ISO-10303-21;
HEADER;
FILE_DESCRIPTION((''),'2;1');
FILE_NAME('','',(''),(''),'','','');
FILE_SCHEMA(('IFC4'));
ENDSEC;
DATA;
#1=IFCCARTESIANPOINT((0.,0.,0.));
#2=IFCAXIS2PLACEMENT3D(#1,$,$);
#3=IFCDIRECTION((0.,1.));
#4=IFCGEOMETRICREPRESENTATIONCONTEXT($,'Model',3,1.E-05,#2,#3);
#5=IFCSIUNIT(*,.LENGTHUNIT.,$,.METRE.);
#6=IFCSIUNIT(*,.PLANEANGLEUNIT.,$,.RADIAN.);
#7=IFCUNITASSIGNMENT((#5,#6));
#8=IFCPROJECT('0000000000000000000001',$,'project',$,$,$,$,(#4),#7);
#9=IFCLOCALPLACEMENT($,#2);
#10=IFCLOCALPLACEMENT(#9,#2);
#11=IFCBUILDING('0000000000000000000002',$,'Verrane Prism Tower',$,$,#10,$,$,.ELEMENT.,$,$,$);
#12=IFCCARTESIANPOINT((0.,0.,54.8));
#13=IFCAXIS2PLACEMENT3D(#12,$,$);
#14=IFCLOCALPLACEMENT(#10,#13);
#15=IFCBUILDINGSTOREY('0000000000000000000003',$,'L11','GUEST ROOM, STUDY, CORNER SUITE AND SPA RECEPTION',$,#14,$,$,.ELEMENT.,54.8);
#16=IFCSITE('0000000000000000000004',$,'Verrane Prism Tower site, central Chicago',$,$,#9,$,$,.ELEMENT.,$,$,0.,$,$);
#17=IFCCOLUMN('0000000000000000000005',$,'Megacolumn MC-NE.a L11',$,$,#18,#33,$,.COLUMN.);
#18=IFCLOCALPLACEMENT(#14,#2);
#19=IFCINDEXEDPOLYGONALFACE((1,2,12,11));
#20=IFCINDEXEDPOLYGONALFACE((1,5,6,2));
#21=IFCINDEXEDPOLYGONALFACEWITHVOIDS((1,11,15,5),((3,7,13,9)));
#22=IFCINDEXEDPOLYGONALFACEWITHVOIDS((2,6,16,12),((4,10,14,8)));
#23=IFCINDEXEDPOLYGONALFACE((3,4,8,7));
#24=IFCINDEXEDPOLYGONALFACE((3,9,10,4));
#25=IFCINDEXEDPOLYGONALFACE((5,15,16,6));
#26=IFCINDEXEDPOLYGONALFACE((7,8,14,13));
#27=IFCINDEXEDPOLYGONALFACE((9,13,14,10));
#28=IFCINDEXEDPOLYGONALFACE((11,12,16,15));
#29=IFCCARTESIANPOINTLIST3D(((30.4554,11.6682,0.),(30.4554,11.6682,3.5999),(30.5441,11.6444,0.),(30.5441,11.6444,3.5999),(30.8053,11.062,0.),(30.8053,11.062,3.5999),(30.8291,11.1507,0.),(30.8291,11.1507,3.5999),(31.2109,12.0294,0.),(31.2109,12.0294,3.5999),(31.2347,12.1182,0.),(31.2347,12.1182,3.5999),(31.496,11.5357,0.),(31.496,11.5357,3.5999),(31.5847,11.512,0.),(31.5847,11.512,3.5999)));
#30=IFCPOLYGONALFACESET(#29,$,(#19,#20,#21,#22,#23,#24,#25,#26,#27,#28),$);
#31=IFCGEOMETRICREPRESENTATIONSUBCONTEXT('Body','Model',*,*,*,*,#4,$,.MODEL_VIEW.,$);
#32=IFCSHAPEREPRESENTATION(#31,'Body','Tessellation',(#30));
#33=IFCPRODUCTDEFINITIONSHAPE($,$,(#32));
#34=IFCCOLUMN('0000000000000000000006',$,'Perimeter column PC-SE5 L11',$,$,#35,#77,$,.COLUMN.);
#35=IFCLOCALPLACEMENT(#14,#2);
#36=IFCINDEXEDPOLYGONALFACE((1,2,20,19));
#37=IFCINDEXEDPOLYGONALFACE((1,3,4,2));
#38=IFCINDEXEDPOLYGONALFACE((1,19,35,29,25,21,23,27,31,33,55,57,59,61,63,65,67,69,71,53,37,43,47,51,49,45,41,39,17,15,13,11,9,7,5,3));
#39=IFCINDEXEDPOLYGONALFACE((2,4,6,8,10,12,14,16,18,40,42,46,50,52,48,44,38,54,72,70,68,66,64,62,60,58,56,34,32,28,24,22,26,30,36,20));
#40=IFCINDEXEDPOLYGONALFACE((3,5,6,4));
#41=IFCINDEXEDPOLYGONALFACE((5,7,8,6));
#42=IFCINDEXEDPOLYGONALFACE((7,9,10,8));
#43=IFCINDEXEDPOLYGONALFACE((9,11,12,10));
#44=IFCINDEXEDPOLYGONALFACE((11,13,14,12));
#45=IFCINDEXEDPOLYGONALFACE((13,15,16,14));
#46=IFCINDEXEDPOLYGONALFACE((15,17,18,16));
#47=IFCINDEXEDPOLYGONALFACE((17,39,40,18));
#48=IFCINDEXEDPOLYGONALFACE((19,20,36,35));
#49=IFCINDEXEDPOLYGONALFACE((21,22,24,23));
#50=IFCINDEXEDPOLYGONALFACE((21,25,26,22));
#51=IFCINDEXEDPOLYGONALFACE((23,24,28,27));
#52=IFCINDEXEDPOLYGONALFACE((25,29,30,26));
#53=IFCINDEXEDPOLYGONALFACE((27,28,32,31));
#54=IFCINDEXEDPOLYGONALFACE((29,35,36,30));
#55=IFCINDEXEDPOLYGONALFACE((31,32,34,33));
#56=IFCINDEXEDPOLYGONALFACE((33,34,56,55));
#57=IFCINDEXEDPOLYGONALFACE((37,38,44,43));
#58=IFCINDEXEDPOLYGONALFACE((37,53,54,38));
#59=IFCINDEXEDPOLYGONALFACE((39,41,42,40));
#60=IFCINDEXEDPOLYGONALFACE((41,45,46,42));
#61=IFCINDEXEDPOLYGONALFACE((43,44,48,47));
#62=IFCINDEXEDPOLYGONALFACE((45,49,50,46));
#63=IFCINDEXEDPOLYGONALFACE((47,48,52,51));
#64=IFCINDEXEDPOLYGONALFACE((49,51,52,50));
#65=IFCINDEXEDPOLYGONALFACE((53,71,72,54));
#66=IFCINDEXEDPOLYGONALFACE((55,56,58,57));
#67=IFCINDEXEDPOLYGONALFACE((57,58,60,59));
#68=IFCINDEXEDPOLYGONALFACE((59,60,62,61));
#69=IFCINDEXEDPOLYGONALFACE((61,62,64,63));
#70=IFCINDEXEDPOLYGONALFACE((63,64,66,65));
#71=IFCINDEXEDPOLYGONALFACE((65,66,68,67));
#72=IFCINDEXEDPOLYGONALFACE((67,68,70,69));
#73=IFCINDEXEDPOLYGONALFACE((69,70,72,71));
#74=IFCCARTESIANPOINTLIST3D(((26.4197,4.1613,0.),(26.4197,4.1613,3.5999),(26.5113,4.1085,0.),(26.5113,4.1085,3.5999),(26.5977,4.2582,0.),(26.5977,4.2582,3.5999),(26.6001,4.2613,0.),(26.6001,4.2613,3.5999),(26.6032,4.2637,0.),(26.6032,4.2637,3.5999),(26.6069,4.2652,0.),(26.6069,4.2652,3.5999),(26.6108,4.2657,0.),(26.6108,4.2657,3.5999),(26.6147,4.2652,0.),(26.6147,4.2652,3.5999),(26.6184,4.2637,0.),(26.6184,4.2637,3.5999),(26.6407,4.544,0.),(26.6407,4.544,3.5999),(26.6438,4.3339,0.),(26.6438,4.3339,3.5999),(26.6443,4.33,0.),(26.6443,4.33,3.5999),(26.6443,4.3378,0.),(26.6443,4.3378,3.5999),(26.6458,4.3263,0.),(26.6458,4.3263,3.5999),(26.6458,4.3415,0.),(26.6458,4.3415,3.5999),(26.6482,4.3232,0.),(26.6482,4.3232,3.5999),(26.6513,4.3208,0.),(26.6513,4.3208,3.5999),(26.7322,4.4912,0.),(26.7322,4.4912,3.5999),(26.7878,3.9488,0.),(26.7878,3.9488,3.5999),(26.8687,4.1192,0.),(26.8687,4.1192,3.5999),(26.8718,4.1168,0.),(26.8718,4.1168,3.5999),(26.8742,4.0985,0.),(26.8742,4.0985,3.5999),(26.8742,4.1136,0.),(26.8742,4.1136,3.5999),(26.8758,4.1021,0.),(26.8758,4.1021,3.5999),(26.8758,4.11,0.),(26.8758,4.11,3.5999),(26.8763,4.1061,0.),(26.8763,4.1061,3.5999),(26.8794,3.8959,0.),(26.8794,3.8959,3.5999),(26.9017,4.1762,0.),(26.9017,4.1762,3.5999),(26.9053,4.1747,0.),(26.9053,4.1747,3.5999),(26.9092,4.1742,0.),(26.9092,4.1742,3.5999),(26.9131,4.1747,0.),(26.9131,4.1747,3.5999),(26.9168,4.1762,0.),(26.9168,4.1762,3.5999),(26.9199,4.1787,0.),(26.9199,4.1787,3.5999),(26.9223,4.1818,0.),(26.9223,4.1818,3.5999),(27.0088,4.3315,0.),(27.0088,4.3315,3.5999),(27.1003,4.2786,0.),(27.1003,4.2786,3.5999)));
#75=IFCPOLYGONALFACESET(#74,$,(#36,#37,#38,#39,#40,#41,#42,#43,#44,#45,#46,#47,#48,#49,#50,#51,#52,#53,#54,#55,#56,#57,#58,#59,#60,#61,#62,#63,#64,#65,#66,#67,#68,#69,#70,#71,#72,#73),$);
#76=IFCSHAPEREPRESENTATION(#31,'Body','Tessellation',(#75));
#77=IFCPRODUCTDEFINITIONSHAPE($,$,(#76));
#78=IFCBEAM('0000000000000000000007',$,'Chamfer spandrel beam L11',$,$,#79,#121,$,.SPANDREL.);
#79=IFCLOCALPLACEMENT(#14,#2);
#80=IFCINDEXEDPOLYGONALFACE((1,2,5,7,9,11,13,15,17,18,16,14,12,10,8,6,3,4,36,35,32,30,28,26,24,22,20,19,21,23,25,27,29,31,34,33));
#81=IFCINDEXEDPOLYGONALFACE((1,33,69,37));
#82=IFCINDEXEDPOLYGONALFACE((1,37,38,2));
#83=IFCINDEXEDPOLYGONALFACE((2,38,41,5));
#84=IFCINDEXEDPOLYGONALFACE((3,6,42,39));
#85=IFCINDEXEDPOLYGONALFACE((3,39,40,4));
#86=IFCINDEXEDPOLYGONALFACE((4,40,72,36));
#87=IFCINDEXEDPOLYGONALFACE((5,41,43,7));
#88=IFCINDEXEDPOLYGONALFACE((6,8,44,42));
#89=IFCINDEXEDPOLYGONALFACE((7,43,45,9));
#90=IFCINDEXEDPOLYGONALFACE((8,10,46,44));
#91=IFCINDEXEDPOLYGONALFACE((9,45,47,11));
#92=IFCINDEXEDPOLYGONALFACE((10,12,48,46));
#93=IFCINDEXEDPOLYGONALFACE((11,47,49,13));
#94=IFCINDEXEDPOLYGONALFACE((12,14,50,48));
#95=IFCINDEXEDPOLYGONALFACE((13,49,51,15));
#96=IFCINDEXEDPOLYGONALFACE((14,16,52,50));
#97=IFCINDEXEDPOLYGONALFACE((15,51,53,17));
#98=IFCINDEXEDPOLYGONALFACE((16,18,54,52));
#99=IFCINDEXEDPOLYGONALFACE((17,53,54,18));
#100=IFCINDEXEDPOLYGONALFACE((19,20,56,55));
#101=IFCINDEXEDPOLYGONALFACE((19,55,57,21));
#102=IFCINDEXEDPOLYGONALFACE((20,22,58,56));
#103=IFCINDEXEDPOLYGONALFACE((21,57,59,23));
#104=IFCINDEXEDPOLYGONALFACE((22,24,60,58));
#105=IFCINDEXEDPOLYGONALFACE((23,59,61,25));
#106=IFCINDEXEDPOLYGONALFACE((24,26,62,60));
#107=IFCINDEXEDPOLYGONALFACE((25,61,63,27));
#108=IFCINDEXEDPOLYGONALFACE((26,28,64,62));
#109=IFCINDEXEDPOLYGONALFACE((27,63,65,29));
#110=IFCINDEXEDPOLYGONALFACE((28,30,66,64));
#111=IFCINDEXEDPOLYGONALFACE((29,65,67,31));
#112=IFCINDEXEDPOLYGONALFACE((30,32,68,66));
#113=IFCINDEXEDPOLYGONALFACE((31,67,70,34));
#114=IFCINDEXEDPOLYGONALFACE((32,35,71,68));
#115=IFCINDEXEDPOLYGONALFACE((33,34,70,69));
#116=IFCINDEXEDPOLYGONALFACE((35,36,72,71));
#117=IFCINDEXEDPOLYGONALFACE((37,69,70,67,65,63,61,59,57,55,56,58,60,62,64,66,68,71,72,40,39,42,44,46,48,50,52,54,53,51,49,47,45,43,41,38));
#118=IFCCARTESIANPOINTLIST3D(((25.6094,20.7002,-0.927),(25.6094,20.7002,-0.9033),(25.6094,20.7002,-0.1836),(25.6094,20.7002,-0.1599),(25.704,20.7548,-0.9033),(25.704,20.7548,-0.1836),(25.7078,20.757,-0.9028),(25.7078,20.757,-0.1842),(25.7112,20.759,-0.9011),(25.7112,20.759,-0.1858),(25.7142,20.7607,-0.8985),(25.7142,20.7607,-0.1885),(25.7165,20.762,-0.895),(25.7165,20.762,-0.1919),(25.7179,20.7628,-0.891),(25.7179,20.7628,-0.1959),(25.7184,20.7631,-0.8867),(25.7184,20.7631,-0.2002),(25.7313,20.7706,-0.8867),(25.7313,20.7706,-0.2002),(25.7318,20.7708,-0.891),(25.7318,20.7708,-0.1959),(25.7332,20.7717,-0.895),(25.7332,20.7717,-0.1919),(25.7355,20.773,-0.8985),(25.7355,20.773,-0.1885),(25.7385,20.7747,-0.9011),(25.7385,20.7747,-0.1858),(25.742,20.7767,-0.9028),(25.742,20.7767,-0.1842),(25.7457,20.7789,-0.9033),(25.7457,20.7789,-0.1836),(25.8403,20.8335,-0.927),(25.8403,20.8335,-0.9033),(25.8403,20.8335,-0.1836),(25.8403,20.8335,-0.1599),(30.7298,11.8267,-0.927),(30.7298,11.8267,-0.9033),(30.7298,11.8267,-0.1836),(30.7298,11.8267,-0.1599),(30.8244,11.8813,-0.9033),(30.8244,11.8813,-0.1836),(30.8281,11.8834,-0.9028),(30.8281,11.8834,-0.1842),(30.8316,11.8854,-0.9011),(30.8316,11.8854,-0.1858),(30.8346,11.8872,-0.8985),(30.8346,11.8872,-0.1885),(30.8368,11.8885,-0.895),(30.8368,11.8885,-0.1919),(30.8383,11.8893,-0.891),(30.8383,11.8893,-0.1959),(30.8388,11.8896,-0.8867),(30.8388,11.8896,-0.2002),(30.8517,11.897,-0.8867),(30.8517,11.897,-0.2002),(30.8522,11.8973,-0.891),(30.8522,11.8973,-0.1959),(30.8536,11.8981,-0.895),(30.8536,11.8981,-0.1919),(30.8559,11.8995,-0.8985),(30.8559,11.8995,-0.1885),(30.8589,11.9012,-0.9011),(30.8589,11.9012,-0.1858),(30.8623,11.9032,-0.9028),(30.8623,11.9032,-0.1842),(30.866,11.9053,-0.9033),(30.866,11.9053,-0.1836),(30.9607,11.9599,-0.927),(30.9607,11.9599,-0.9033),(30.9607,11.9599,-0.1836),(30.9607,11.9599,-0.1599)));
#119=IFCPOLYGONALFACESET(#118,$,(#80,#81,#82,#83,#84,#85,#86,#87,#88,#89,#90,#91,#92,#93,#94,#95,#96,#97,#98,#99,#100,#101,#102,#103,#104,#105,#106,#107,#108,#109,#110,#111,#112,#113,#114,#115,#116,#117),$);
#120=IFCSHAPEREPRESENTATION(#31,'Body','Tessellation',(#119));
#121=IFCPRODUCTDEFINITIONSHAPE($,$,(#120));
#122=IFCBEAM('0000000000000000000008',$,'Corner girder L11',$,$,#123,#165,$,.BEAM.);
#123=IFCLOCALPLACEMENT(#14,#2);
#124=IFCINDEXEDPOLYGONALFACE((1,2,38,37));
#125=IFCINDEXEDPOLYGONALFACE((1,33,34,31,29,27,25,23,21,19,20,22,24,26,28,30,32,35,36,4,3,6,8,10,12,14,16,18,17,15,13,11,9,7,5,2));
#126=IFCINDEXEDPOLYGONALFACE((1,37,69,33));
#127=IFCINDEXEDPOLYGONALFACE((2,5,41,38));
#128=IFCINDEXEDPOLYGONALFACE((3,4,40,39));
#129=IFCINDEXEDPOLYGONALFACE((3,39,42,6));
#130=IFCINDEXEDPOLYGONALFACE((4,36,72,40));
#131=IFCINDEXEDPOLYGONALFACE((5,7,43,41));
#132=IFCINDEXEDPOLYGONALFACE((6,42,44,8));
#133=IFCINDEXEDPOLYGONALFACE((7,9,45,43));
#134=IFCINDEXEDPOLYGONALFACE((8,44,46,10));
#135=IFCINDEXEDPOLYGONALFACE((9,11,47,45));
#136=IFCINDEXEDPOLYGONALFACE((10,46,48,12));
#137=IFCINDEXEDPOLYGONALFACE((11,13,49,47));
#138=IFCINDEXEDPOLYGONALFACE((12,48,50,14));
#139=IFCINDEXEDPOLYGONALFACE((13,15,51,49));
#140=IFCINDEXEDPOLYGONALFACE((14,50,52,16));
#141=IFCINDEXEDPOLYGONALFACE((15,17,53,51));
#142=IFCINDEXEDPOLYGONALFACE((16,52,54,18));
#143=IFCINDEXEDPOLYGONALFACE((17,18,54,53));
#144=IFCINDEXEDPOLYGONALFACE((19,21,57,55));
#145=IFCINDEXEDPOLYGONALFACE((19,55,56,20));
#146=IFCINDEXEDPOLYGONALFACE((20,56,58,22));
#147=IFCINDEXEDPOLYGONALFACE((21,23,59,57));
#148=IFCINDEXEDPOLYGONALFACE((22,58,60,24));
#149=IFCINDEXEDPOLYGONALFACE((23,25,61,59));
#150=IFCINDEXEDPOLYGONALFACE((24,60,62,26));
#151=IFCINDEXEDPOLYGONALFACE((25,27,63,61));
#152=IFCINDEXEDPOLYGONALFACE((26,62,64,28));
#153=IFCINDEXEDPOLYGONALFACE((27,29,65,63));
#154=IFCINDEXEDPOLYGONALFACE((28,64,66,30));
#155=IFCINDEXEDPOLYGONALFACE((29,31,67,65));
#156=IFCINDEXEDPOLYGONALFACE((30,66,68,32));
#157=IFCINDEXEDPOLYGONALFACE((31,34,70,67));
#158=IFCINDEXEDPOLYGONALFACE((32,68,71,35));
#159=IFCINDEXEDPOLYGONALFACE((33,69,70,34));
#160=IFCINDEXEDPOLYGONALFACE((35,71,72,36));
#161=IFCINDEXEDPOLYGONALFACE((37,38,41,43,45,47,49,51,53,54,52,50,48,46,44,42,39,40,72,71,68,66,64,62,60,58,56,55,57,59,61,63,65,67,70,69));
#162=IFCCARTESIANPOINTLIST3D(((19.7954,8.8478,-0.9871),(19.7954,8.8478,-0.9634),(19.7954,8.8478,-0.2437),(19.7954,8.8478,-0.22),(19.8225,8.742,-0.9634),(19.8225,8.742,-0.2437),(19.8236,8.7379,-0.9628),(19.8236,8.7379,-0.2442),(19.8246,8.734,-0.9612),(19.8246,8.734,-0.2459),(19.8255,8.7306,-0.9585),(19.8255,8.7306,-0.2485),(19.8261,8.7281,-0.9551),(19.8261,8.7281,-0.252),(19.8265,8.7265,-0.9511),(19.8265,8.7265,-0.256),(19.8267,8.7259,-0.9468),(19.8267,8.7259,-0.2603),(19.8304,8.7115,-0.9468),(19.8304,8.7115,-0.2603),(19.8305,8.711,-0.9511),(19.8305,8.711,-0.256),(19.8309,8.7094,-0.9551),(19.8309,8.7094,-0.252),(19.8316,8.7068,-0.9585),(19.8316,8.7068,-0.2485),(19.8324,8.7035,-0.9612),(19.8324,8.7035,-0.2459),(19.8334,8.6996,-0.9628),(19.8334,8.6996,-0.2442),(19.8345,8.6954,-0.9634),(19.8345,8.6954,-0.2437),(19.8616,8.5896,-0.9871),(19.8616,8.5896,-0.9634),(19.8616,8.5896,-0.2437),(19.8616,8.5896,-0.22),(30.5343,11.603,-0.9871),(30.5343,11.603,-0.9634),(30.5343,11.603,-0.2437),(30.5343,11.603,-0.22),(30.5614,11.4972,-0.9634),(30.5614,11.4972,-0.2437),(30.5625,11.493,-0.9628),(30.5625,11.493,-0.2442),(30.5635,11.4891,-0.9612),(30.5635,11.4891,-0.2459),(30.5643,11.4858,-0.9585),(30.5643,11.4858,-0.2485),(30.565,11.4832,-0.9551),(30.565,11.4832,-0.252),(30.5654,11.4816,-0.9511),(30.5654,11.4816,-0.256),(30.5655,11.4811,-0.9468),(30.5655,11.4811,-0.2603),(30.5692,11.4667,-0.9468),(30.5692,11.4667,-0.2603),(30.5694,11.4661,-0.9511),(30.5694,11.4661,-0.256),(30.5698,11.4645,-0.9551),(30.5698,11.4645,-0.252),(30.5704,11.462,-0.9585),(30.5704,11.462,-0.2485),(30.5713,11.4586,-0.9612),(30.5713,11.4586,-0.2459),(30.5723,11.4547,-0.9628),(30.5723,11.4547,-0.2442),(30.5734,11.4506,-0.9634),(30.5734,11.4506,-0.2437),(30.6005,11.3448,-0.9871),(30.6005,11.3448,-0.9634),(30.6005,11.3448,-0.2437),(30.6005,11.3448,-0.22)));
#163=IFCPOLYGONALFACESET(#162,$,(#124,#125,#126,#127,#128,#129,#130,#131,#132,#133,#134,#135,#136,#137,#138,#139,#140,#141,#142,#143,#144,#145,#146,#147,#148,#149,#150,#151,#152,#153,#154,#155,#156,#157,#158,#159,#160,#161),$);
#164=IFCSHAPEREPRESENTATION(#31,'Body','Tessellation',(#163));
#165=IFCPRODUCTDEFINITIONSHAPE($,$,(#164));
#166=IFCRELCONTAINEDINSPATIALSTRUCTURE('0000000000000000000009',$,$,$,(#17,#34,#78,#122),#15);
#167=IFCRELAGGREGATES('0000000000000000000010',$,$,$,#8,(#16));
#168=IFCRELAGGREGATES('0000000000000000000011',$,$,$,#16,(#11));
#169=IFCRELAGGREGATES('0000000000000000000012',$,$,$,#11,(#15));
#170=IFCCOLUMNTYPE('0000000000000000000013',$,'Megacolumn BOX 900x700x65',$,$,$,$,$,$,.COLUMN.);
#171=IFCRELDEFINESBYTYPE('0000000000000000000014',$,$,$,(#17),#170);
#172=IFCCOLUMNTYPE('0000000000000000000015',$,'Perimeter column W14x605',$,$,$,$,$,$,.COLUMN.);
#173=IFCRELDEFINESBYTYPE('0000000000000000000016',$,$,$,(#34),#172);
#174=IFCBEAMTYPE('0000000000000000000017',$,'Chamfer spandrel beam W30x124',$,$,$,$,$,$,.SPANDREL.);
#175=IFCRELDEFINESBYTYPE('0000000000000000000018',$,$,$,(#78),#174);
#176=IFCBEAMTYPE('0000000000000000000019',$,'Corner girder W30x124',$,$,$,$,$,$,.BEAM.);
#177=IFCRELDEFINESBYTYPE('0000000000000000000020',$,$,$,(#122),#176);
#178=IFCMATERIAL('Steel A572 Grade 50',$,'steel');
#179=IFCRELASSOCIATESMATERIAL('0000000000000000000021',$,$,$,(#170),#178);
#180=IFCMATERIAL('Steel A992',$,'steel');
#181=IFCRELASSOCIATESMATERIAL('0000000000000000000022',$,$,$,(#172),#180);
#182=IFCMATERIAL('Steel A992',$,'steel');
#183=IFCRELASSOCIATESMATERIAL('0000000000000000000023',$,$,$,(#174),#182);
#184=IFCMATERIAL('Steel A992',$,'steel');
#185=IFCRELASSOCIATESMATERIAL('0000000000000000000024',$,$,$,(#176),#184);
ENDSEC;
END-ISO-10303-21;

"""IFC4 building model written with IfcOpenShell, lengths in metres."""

from ifc_helpers import new_model, si_unit, direction, frame, origin, origin_2d, place, context, subcontext, project, spatial, hollow_rectangle, i_section, extrude, material, material_profile, profile_set, type_object, element, save


model = new_model("IFC4")

# Units and contexts
model_context = context("Model", 3, precision=1e-05, world=origin(), true_north=direction((0.0, 1.0)))
body_context = subcontext(model_context, "Body", "Model", "MODEL_VIEW")
ifc_project = project(units=[si_unit("LENGTHUNIT", "METRE"), si_unit("PLANEANGLEUNIT", "RADIAN")], contexts=[model_context])

# Site, building, storey
site_placement = place(None, origin())
site = spatial("IfcSite", under=ifc_project, at=site_placement, Name="Verrane Prism Tower site, central Chicago", CompositionType="ELEMENT", RefElevation=0.0)
building_placement = place(site_placement, origin())
building = spatial("IfcBuilding", under=site, at=building_placement, Name="Verrane Prism Tower", CompositionType="ELEMENT")
storey_placement = place(building_placement, frame((0.0, 0.0, 54.8)))
storey = spatial("IfcBuildingStorey", under=building, at=storey_placement, Name="L11", Description="GUEST ROOM, STUDY, CORNER SUITE AND SPA RECEPTION", CompositionType="ELEMENT", Elevation=54.8)

# Columns
ifc_material_1 = material(Name="Steel A572 Grade 50", Category="steel")
ifc_material_profile_1 = material_profile(ifc_material_1, hollow_rectangle(XDim=0.7, YDim=0.8999, WallThickness=0.0649, at=origin_2d()), Name="BOX 900x700x65")
ifc_profile_set_1 = profile_set([ifc_material_profile_1], Name="Steel A572 Grade 50")
column_type_1 = type_object("IfcColumnType", Name="Megacolumn BOX 900x700x65", PredefinedType="COLUMN", material=ifc_profile_set_1)
column_1_placement = place(storey_placement, frame((31.02, 11.5901, 0.0), z_axis=(0.0, 0.0, 1.0), x_axis=(0.5, -0.866025, 0.0)))
element("IfcColumn", 1, at=column_1_placement, inside=storey, type_object=column_type_1, Name="Megacolumn MC-NE.a L11", PredefinedType="COLUMN", context=body_context, shape_type="SweptSolid", body=[
    extrude(hollow_rectangle(XDim=0.7, YDim=0.8999, WallThickness=0.0649, at=origin_2d()), origin(), (0.0, 0.0, 1.0), 3.5999),
])
ifc_material_2 = material(Name="Steel A992", Category="steel")
ifc_material_profile_2 = material_profile(ifc_material_2, i_section(OverallWidth=0.4419, OverallDepth=0.5308, WebThickness=0.0659, FlangeThickness=0.1057, FilletRadius=0.0151, at=origin_2d()), Name="W14x605")
ifc_profile_set_2 = profile_set([ifc_material_profile_2], Name="Steel A992")
column_type_2 = type_object("IfcColumnType", Name="Perimeter column W14x605", PredefinedType="COLUMN", material=ifc_profile_set_2)
column_2_placement = place(storey_placement, frame((26.76, 4.22, 0.0), z_axis=(0.0, 0.0, 1.0), x_axis=(-0.5, -0.866025, 0.0)))
element("IfcColumn", 2, at=column_2_placement, inside=storey, type_object=column_type_2, Name="Perimeter column PC-SE5 L11", PredefinedType="COLUMN", context=body_context, shape_type="SweptSolid", body=[
    extrude(i_section(OverallWidth=0.4419, OverallDepth=0.5308, WebThickness=0.0659, FlangeThickness=0.1057, FilletRadius=0.0151, at=origin_2d()), origin(), (0.0, 0.0, 1.0), 3.5999),
])

# Beams
ifc_material_3 = material(Name="Steel A992", Category="steel")
ifc_material_profile_3 = material_profile(ifc_material_3, i_section(OverallWidth=0.2666, OverallDepth=0.7671, WebThickness=0.0149, FlangeThickness=0.0237, FilletRadius=0.0166, at=origin_2d()), Name="W30x124")
ifc_profile_set_3 = profile_set([ifc_material_profile_3], Name="Steel A992")
beam_type_1 = type_object("IfcBeamType", Name="Chamfer spandrel beam W30x124", PredefinedType="SPANDREL", material=ifc_profile_set_3)
beam_1_placement = place(storey_placement, frame((30.8452, 11.8933, -0.5435), z_axis=(-0.499797, 0.866143, 0.0), x_axis=(-0.866143, -0.499797, 0.0)))
element("IfcBeam", 3, at=beam_1_placement, inside=storey, type_object=beam_type_1, Name="Chamfer spandrel beam L11", PredefinedType="SPANDREL", context=body_context, shape_type="SweptSolid", body=[
    extrude(i_section(OverallWidth=0.2666, OverallDepth=0.7671, WebThickness=0.0149, FlangeThickness=0.0237, FilletRadius=0.0166, at=origin_2d()), origin(), (0.0, 0.0, 1.0), 10.2449),
])
ifc_material_4 = material(Name="Steel A992", Category="steel")
ifc_material_profile_4 = material_profile(ifc_material_4, i_section(OverallWidth=0.2666, OverallDepth=0.7671, WebThickness=0.0149, FlangeThickness=0.0237, FilletRadius=0.0166, at=origin_2d()), Name="W30x124")
ifc_profile_set_4 = profile_set([ifc_material_profile_4], Name="Steel A992")
beam_type_2 = type_object("IfcBeamType", Name="Corner girder W30x124", PredefinedType="BEAM", material=ifc_profile_set_4)
beam_2_placement = place(storey_placement, frame((30.5674, 11.4739, -0.6035), z_axis=(-0.968629, -0.24851, 0.0), x_axis=(0.24851, -0.968629, 0.0)))
element("IfcBeam", 4, at=beam_2_placement, inside=storey, type_object=beam_type_2, Name="Corner girder L11", PredefinedType="BEAM", context=body_context, shape_type="SweptSolid", body=[
    extrude(i_section(OverallWidth=0.2666, OverallDepth=0.7671, WebThickness=0.0149, FlangeThickness=0.0237, FilletRadius=0.0166, at=origin_2d()), origin(), (0.0, 0.0, 1.0), 11.0867),
])

save(model, "model.ifc")
